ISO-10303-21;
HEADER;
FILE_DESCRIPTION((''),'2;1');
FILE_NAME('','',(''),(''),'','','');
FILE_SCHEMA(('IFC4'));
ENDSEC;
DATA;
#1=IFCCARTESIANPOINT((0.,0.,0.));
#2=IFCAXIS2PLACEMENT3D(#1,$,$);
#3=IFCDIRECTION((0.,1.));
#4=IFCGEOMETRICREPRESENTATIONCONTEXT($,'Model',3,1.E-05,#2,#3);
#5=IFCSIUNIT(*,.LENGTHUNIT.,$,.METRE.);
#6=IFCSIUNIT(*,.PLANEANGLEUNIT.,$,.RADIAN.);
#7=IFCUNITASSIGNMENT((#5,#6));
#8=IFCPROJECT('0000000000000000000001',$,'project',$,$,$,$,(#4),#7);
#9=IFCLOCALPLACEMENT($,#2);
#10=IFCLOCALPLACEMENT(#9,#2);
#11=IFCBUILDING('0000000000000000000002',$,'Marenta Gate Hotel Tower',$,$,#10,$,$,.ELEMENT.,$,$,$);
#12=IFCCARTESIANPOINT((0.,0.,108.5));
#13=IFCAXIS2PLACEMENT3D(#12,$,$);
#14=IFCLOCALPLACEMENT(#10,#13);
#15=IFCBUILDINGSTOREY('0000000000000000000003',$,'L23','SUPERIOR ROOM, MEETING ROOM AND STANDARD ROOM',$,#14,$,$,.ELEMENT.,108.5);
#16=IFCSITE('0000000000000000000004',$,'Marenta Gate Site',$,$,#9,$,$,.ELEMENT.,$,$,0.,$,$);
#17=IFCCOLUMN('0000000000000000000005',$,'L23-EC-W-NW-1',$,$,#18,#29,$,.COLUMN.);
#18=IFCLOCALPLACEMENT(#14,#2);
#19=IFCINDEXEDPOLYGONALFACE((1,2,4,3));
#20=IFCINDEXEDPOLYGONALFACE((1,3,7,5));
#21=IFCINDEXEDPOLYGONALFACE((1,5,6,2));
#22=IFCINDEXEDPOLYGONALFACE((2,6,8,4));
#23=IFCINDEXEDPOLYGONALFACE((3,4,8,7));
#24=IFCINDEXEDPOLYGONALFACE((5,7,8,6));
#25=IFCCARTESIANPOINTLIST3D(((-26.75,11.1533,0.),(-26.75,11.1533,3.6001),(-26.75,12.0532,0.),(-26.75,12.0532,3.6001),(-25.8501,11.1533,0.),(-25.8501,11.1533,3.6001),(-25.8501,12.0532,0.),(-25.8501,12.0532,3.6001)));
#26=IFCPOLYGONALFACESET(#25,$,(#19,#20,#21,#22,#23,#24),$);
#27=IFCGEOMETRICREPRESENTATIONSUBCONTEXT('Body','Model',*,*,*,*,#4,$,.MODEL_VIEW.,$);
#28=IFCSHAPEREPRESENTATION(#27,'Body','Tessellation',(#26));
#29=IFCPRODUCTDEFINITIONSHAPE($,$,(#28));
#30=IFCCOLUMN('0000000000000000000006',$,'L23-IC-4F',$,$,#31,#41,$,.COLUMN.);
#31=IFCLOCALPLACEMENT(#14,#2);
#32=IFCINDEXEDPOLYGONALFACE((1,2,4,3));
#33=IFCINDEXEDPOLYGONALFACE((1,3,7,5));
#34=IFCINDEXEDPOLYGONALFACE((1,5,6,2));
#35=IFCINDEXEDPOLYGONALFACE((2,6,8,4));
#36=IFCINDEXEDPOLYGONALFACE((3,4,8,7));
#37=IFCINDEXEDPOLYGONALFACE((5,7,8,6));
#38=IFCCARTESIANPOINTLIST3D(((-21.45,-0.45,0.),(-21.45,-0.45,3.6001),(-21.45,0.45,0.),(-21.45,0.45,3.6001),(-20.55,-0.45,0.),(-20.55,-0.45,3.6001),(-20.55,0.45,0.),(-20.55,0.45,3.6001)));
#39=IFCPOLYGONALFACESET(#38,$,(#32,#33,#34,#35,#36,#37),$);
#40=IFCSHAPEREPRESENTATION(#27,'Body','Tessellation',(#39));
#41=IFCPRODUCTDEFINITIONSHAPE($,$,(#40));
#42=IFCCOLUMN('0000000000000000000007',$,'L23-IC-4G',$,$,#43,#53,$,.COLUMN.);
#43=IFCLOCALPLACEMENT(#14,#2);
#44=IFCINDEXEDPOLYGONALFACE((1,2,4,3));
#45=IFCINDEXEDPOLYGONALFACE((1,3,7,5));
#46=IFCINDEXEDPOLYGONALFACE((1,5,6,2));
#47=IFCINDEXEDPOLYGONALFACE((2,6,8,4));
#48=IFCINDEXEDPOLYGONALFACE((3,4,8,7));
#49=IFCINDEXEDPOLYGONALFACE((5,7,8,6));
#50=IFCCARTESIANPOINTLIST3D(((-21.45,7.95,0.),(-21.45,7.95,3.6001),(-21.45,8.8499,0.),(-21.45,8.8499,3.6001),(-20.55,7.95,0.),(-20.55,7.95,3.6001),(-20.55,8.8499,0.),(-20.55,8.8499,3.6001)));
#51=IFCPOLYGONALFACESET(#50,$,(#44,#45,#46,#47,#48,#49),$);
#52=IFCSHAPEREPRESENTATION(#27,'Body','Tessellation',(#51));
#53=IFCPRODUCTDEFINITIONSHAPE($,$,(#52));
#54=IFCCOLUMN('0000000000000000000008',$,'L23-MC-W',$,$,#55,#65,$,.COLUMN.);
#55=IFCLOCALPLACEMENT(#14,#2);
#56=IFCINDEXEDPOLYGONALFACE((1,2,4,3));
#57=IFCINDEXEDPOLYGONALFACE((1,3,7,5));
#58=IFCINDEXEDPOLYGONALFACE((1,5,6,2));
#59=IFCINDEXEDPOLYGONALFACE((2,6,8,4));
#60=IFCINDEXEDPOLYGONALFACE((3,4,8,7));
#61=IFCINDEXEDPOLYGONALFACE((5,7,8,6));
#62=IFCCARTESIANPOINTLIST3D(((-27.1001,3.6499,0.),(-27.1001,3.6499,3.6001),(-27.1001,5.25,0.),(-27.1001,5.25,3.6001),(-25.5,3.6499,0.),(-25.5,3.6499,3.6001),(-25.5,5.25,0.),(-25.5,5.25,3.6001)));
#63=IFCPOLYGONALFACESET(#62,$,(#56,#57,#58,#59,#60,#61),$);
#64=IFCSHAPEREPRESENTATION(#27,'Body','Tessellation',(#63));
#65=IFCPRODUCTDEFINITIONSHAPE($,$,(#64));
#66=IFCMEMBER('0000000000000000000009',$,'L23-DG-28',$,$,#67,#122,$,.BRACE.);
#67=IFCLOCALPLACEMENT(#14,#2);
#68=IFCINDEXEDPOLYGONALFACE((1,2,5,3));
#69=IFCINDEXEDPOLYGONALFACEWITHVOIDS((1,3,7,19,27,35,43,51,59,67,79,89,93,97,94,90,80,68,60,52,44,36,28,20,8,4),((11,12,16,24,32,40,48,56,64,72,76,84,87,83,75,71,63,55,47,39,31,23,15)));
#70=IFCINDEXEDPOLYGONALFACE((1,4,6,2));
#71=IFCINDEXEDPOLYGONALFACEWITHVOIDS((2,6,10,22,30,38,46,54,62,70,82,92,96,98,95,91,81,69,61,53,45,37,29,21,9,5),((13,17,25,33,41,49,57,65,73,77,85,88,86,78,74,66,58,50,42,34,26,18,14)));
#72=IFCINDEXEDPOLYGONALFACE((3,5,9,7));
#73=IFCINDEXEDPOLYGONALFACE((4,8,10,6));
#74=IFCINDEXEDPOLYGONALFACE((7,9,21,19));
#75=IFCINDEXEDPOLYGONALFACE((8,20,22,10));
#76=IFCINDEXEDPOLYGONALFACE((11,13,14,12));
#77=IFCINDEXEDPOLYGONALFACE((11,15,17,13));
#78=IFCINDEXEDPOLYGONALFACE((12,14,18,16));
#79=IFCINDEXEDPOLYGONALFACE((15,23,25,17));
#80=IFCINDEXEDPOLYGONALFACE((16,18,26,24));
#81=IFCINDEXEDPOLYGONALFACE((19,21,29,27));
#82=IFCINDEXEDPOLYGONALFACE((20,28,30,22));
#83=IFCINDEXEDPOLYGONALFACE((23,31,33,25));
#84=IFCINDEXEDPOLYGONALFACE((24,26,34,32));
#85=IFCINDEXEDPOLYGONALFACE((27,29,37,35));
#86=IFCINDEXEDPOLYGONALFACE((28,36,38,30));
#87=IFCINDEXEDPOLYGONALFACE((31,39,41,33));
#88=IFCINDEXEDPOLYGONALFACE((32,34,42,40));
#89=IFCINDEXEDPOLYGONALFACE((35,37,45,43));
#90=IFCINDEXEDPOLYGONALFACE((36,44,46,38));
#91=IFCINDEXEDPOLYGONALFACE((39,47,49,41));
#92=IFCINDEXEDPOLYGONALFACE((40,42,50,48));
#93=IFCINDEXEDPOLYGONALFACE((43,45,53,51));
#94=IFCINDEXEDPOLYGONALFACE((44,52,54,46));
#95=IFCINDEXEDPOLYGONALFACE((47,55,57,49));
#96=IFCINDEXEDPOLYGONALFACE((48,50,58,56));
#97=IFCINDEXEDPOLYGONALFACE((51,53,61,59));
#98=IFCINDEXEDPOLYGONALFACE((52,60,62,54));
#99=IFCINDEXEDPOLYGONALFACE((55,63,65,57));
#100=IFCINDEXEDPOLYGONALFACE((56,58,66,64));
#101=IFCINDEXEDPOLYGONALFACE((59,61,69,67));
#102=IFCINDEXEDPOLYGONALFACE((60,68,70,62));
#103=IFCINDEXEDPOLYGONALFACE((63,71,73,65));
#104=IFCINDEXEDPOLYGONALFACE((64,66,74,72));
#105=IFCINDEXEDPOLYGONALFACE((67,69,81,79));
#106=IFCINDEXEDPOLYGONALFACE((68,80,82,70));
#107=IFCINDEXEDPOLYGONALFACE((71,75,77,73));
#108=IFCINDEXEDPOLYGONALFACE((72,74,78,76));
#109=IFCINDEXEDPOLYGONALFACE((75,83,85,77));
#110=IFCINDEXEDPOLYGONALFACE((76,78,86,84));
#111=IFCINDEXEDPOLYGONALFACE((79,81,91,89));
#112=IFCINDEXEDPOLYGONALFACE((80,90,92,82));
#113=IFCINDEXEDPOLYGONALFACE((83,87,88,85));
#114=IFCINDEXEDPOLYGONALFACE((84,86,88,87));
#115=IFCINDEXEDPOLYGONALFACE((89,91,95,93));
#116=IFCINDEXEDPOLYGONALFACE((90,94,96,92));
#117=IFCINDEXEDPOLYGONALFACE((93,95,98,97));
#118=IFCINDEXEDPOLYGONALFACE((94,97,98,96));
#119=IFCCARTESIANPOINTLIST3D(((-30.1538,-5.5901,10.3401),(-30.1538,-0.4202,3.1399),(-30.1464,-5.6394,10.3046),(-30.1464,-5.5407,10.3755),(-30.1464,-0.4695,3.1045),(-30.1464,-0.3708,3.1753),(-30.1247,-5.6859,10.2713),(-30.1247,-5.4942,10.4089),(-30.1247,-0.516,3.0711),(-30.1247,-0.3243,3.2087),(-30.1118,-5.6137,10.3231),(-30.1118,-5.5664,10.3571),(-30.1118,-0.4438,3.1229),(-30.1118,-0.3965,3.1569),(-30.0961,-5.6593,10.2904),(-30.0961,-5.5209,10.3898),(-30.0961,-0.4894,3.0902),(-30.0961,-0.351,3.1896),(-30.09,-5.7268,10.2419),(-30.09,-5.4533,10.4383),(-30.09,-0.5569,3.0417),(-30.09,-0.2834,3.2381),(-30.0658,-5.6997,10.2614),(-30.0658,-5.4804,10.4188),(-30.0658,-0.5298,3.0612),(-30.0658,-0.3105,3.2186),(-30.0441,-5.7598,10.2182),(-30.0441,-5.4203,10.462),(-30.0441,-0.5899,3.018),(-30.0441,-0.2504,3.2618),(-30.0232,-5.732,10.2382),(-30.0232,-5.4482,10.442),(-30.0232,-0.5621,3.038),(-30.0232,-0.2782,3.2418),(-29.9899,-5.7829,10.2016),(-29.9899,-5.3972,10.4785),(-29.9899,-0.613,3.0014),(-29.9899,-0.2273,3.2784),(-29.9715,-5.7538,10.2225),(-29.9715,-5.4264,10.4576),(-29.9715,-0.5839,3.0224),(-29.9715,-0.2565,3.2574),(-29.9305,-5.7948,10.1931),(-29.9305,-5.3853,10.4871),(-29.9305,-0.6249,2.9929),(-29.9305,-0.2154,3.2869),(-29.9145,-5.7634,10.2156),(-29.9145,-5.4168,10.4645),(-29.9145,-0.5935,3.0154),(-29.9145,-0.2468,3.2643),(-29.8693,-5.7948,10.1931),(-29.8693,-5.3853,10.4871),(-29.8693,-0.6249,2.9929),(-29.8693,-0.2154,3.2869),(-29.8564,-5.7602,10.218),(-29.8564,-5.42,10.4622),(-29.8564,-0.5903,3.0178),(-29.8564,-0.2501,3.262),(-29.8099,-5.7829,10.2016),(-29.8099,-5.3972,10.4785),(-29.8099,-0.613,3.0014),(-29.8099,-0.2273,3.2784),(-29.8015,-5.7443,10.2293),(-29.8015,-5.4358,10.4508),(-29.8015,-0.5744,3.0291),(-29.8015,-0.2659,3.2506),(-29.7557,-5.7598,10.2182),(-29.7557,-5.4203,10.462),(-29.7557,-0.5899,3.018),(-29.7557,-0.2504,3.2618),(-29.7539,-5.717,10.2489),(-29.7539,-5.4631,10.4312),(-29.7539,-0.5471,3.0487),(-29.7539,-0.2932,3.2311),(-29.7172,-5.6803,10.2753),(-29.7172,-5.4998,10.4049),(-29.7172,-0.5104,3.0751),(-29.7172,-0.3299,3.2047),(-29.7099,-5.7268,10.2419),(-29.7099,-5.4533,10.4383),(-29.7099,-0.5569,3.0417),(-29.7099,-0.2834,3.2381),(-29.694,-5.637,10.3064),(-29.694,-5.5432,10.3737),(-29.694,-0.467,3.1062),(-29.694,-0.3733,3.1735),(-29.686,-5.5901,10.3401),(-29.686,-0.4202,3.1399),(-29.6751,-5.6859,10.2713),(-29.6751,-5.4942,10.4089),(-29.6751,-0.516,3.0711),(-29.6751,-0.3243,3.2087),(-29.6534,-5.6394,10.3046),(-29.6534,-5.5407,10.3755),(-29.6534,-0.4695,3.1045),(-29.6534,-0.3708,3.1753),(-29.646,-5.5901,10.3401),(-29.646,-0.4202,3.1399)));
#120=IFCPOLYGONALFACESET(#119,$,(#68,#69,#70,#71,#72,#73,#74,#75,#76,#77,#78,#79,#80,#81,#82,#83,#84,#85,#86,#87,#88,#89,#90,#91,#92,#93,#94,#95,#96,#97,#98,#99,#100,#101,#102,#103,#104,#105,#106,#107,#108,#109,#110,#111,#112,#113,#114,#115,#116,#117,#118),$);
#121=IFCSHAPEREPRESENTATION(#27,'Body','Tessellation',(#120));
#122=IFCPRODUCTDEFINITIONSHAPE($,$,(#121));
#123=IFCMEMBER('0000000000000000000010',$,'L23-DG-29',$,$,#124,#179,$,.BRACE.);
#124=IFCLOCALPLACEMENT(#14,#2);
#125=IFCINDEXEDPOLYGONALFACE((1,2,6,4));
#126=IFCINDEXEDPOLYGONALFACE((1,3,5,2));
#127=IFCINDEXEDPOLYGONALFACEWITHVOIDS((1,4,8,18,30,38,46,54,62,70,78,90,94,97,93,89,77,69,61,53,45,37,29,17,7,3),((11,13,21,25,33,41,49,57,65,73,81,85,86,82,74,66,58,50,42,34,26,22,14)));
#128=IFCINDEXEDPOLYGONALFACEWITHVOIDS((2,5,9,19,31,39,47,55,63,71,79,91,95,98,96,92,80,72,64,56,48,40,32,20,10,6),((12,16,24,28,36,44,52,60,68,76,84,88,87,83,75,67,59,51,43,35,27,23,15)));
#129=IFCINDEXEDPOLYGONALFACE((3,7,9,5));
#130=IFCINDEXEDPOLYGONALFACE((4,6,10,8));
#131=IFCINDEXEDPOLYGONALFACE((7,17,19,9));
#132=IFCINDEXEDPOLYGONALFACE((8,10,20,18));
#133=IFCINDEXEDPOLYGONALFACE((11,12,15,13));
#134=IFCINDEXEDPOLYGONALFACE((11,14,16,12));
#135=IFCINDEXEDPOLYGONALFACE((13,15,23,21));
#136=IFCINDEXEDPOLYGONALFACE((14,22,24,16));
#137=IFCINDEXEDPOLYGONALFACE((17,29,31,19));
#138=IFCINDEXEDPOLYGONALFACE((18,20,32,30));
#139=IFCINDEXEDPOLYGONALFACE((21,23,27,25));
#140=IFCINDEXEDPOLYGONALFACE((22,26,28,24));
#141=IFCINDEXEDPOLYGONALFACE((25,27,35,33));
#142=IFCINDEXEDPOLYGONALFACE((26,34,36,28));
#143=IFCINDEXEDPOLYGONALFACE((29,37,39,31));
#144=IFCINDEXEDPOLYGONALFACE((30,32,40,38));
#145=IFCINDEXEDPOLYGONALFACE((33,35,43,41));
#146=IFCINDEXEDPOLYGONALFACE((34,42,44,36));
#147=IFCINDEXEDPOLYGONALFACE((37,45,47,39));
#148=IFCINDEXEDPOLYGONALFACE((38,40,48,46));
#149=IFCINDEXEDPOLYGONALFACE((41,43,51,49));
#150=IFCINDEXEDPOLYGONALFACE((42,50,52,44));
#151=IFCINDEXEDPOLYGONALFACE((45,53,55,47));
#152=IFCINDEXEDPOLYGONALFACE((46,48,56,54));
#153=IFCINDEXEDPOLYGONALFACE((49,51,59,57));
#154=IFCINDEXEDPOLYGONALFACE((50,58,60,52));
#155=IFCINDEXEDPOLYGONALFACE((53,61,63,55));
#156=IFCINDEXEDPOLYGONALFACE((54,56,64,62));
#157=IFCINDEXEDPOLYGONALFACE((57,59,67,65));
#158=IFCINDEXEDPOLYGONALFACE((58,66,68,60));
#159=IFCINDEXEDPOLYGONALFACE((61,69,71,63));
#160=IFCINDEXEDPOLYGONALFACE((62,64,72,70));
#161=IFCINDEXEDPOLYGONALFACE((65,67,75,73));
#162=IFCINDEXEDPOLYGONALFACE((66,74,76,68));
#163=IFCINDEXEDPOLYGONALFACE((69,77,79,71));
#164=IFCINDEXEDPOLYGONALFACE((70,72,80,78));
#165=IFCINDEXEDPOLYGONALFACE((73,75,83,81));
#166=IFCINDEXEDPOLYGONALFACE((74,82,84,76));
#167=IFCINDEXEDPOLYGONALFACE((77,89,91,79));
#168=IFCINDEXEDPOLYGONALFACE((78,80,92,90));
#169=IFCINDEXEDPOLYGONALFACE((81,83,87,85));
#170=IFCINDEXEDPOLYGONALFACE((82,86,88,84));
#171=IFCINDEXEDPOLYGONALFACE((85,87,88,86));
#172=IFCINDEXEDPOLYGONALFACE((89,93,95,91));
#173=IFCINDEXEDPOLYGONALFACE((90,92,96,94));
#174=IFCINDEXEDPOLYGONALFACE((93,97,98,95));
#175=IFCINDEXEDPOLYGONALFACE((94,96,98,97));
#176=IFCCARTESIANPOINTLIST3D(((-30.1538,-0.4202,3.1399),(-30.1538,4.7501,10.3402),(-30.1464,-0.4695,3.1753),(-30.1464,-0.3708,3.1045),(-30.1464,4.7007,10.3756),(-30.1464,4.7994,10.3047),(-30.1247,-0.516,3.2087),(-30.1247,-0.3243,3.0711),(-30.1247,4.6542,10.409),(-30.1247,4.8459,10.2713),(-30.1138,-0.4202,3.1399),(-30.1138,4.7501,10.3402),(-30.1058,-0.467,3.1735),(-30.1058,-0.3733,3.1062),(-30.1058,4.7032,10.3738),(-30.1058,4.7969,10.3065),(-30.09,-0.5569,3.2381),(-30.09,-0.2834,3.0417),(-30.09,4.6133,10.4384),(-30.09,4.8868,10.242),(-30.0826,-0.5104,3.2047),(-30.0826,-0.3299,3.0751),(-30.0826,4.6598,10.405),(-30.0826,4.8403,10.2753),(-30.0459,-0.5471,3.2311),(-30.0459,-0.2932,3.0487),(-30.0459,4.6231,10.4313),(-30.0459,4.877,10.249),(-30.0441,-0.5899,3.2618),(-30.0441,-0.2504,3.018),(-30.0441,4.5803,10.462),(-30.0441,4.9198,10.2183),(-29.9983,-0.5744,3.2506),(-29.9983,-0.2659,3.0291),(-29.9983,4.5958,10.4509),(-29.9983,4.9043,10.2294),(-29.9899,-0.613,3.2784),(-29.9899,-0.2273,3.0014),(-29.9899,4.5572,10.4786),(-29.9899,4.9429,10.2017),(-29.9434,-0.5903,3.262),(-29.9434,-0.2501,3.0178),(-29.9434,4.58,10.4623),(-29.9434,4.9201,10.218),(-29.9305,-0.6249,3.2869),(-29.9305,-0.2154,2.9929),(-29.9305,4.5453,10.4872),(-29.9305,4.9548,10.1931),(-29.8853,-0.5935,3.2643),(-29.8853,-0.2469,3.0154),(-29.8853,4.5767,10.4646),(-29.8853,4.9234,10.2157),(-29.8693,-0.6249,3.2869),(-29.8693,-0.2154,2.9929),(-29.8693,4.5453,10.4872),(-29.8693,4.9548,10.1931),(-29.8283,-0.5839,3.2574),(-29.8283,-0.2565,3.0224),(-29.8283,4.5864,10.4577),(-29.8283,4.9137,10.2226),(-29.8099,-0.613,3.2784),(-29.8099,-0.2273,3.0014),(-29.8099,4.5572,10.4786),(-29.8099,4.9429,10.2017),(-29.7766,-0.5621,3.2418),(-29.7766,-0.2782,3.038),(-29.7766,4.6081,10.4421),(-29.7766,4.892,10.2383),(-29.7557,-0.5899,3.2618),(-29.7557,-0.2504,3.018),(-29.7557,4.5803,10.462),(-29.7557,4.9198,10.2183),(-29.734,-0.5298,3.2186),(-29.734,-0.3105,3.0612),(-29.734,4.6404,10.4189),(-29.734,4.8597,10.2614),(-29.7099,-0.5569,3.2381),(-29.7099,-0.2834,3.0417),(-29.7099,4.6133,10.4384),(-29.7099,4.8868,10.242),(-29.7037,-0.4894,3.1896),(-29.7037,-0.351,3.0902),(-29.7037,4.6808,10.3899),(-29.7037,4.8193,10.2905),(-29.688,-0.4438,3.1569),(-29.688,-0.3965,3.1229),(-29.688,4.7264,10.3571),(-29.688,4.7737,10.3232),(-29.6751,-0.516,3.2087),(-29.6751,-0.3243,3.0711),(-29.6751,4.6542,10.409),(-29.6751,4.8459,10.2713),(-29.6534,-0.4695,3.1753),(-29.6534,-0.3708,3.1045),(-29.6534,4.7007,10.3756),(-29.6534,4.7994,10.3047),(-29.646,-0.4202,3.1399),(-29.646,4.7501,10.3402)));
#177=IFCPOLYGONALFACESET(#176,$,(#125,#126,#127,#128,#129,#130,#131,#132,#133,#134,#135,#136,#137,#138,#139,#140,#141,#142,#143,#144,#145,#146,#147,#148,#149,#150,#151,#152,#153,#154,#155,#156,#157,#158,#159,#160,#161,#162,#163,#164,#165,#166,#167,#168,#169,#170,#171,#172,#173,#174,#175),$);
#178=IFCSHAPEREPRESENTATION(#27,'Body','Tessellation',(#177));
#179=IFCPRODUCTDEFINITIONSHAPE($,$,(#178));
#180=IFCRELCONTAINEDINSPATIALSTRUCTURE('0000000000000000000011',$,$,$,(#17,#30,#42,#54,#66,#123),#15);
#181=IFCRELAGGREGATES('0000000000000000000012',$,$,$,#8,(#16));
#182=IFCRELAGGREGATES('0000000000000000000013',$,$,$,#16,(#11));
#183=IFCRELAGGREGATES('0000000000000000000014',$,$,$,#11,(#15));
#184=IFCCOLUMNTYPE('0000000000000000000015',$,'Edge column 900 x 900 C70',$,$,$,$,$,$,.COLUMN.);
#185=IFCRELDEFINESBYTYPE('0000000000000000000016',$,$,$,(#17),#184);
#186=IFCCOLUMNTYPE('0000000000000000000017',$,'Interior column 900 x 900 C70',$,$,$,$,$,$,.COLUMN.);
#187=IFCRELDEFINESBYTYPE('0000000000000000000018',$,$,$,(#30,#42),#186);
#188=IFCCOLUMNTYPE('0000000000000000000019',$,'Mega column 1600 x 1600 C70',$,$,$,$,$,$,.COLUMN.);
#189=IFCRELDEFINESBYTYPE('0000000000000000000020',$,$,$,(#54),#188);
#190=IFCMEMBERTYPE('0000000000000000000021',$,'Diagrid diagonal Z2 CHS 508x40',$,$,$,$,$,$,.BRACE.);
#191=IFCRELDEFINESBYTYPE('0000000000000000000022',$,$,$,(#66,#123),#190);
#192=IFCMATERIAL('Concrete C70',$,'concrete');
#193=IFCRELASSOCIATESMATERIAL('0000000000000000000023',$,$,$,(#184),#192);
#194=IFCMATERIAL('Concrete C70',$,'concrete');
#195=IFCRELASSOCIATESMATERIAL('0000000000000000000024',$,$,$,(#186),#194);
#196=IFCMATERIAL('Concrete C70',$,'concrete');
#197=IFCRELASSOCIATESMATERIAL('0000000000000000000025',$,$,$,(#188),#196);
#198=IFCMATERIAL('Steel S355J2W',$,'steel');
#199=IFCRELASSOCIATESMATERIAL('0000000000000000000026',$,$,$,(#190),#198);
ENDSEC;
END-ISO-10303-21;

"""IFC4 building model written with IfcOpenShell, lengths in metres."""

from ifc_helpers import new_model, si_unit, direction, frame, origin, origin_2d, place, context, subcontext, project, spatial, rectangle, hollow_circle, extrude, material, material_profile, profile_set, type_object, element, save


model = new_model("IFC4")

# Units and contexts
model_context = context("Model", 3, precision=1e-05, world=origin(), true_north=direction((0.0, 1.0)))
body_context = subcontext(model_context, "Body", "Model", "MODEL_VIEW")
ifc_project = project(units=[si_unit("LENGTHUNIT", "METRE"), si_unit("PLANEANGLEUNIT", "RADIAN")], contexts=[model_context])

# Site, building, storey
site_placement = place(None, origin())
site = spatial("IfcSite", under=ifc_project, at=site_placement, Name="Marenta Gate Site", CompositionType="ELEMENT", RefElevation=0.0)
building_placement = place(site_placement, origin())
building = spatial("IfcBuilding", under=site, at=building_placement, Name="Marenta Gate Hotel Tower", CompositionType="ELEMENT")
storey_placement = place(building_placement, frame((0.0, 0.0, 108.5)))
storey = spatial("IfcBuildingStorey", under=building, at=storey_placement, Name="L23", Description="SUPERIOR ROOM, MEETING ROOM AND STANDARD ROOM", CompositionType="ELEMENT", Elevation=108.5)

# Columns
ifc_material_1 = material(Name="Concrete C70", Category="concrete")
ifc_material_profile_1 = material_profile(ifc_material_1, rectangle(XDim=0.8999, YDim=0.8999, at=origin_2d()), Name="900 x 900")
ifc_profile_set_1 = profile_set([ifc_material_profile_1], Name="Concrete C70")
column_type_1 = type_object("IfcColumnType", Name="Edge column 900 x 900 C70", PredefinedType="COLUMN", material=ifc_profile_set_1)
column_1_placement = place(storey_placement, frame((-26.3, 11.6033, 0.0), z_axis=(0.0, 0.0, 1.0), x_axis=(1.0, 0.0, 0.0)))
element("IfcColumn", 1, at=column_1_placement, inside=storey, type_object=column_type_1, Name="L23-EC-W-NW-1", PredefinedType="COLUMN", context=body_context, shape_type="SweptSolid", body=[
    extrude(rectangle(XDim=0.8999, YDim=0.8999, at=origin_2d()), origin(), (0.0, 0.0, 1.0), 3.6001),
])
ifc_material_2 = material(Name="Concrete C70", Category="concrete")
ifc_material_profile_2 = material_profile(ifc_material_2, rectangle(XDim=0.8999, YDim=0.8999, at=origin_2d()), Name="900 x 900")
ifc_profile_set_2 = profile_set([ifc_material_profile_2], Name="Concrete C70")
column_type_2 = type_object("IfcColumnType", Name="Interior column 900 x 900 C70", PredefinedType="COLUMN", material=ifc_profile_set_2)
for number, where, z_axis, x_axis, name in (
    (2, (-21.0, 0.0, 0.0), (0.0, 0.0, 1.0), (1.0, 0.0, 0.0), "L23-IC-4F"),
    (3, (-21.0, 8.3999, 0.0), (0.0, 0.0, 1.0), (1.0, 0.0, 0.0), "L23-IC-4G"),
):
    element("IfcColumn", number, at=place(storey_placement, frame(where, z_axis=z_axis, x_axis=x_axis)), inside=storey, type_object=column_type_2, Name=name, PredefinedType="COLUMN", context=body_context, shape_type="SweptSolid", body=[
        extrude(rectangle(XDim=0.8999, YDim=0.8999, at=origin_2d()), origin(), (0.0, 0.0, 1.0), 3.6001),
    ])
ifc_material_3 = material(Name="Concrete C70", Category="concrete")
ifc_material_profile_3 = material_profile(ifc_material_3, rectangle(XDim=1.6001, YDim=1.6001, at=origin_2d()), Name="1600 x 1600")
ifc_profile_set_3 = profile_set([ifc_material_profile_3], Name="Concrete C70")
column_type_3 = type_object("IfcColumnType", Name="Mega column 1600 x 1600 C70", PredefinedType="COLUMN", material=ifc_profile_set_3)
column_2_placement = place(storey_placement, frame((-26.3, 4.45, 0.0), z_axis=(0.0, 0.0, 1.0), x_axis=(1.0, 0.0, 0.0)))
element("IfcColumn", 4, at=column_2_placement, inside=storey, type_object=column_type_3, Name="L23-MC-W", PredefinedType="COLUMN", context=body_context, shape_type="SweptSolid", body=[
    extrude(rectangle(XDim=1.6001, YDim=1.6001, at=origin_2d()), origin(), (0.0, 0.0, 1.0), 3.6001),
])

# Members
ifc_material_4 = material(Name="Steel S355J2W", Category="steel")
ifc_material_profile_4 = material_profile(ifc_material_4, hollow_circle(Radius=0.2539, WallThickness=0.04, at=origin_2d()), Name="CHS 508x40")
ifc_profile_set_4 = profile_set([ifc_material_profile_4], Name="Steel S355J2W")
member_type_1 = type_object("IfcMemberType", Name="Diagrid diagonal Z2 CHS 508x40", PredefinedType="BRACE", material=ifc_profile_set_4)
member_1_placement = place(storey_placement, frame((-29.8999, -0.4202, 3.1399), z_axis=(0.0, -0.583248, 0.812294), x_axis=(1.0, 0.0, 0.0)))
element("IfcMember", 5, at=member_1_placement, inside=storey, type_object=member_type_1, Name="L23-DG-28", PredefinedType="BRACE", context=body_context, shape_type="SweptSolid", body=[
    extrude(hollow_circle(Radius=0.2539, WallThickness=0.04, at=origin_2d()), origin(), (0.0, 0.0, 1.0), 8.864),
])
member_2_placement = place(storey_placement, frame((-29.8999, -0.4202, 3.1399), z_axis=(0.0, 0.583266, 0.812281), x_axis=(-1.0, 0.0, 0.0)))
element("IfcMember", 6, at=member_2_placement, inside=storey, type_object=member_type_1, Name="L23-DG-29", PredefinedType="BRACE", context=body_context, shape_type="SweptSolid", body=[
    extrude(hollow_circle(Radius=0.2539, WallThickness=0.04, at=origin_2d()), origin(), (0.0, 0.0, 1.0), 8.8643),
])

save(model, "model.ifc")
